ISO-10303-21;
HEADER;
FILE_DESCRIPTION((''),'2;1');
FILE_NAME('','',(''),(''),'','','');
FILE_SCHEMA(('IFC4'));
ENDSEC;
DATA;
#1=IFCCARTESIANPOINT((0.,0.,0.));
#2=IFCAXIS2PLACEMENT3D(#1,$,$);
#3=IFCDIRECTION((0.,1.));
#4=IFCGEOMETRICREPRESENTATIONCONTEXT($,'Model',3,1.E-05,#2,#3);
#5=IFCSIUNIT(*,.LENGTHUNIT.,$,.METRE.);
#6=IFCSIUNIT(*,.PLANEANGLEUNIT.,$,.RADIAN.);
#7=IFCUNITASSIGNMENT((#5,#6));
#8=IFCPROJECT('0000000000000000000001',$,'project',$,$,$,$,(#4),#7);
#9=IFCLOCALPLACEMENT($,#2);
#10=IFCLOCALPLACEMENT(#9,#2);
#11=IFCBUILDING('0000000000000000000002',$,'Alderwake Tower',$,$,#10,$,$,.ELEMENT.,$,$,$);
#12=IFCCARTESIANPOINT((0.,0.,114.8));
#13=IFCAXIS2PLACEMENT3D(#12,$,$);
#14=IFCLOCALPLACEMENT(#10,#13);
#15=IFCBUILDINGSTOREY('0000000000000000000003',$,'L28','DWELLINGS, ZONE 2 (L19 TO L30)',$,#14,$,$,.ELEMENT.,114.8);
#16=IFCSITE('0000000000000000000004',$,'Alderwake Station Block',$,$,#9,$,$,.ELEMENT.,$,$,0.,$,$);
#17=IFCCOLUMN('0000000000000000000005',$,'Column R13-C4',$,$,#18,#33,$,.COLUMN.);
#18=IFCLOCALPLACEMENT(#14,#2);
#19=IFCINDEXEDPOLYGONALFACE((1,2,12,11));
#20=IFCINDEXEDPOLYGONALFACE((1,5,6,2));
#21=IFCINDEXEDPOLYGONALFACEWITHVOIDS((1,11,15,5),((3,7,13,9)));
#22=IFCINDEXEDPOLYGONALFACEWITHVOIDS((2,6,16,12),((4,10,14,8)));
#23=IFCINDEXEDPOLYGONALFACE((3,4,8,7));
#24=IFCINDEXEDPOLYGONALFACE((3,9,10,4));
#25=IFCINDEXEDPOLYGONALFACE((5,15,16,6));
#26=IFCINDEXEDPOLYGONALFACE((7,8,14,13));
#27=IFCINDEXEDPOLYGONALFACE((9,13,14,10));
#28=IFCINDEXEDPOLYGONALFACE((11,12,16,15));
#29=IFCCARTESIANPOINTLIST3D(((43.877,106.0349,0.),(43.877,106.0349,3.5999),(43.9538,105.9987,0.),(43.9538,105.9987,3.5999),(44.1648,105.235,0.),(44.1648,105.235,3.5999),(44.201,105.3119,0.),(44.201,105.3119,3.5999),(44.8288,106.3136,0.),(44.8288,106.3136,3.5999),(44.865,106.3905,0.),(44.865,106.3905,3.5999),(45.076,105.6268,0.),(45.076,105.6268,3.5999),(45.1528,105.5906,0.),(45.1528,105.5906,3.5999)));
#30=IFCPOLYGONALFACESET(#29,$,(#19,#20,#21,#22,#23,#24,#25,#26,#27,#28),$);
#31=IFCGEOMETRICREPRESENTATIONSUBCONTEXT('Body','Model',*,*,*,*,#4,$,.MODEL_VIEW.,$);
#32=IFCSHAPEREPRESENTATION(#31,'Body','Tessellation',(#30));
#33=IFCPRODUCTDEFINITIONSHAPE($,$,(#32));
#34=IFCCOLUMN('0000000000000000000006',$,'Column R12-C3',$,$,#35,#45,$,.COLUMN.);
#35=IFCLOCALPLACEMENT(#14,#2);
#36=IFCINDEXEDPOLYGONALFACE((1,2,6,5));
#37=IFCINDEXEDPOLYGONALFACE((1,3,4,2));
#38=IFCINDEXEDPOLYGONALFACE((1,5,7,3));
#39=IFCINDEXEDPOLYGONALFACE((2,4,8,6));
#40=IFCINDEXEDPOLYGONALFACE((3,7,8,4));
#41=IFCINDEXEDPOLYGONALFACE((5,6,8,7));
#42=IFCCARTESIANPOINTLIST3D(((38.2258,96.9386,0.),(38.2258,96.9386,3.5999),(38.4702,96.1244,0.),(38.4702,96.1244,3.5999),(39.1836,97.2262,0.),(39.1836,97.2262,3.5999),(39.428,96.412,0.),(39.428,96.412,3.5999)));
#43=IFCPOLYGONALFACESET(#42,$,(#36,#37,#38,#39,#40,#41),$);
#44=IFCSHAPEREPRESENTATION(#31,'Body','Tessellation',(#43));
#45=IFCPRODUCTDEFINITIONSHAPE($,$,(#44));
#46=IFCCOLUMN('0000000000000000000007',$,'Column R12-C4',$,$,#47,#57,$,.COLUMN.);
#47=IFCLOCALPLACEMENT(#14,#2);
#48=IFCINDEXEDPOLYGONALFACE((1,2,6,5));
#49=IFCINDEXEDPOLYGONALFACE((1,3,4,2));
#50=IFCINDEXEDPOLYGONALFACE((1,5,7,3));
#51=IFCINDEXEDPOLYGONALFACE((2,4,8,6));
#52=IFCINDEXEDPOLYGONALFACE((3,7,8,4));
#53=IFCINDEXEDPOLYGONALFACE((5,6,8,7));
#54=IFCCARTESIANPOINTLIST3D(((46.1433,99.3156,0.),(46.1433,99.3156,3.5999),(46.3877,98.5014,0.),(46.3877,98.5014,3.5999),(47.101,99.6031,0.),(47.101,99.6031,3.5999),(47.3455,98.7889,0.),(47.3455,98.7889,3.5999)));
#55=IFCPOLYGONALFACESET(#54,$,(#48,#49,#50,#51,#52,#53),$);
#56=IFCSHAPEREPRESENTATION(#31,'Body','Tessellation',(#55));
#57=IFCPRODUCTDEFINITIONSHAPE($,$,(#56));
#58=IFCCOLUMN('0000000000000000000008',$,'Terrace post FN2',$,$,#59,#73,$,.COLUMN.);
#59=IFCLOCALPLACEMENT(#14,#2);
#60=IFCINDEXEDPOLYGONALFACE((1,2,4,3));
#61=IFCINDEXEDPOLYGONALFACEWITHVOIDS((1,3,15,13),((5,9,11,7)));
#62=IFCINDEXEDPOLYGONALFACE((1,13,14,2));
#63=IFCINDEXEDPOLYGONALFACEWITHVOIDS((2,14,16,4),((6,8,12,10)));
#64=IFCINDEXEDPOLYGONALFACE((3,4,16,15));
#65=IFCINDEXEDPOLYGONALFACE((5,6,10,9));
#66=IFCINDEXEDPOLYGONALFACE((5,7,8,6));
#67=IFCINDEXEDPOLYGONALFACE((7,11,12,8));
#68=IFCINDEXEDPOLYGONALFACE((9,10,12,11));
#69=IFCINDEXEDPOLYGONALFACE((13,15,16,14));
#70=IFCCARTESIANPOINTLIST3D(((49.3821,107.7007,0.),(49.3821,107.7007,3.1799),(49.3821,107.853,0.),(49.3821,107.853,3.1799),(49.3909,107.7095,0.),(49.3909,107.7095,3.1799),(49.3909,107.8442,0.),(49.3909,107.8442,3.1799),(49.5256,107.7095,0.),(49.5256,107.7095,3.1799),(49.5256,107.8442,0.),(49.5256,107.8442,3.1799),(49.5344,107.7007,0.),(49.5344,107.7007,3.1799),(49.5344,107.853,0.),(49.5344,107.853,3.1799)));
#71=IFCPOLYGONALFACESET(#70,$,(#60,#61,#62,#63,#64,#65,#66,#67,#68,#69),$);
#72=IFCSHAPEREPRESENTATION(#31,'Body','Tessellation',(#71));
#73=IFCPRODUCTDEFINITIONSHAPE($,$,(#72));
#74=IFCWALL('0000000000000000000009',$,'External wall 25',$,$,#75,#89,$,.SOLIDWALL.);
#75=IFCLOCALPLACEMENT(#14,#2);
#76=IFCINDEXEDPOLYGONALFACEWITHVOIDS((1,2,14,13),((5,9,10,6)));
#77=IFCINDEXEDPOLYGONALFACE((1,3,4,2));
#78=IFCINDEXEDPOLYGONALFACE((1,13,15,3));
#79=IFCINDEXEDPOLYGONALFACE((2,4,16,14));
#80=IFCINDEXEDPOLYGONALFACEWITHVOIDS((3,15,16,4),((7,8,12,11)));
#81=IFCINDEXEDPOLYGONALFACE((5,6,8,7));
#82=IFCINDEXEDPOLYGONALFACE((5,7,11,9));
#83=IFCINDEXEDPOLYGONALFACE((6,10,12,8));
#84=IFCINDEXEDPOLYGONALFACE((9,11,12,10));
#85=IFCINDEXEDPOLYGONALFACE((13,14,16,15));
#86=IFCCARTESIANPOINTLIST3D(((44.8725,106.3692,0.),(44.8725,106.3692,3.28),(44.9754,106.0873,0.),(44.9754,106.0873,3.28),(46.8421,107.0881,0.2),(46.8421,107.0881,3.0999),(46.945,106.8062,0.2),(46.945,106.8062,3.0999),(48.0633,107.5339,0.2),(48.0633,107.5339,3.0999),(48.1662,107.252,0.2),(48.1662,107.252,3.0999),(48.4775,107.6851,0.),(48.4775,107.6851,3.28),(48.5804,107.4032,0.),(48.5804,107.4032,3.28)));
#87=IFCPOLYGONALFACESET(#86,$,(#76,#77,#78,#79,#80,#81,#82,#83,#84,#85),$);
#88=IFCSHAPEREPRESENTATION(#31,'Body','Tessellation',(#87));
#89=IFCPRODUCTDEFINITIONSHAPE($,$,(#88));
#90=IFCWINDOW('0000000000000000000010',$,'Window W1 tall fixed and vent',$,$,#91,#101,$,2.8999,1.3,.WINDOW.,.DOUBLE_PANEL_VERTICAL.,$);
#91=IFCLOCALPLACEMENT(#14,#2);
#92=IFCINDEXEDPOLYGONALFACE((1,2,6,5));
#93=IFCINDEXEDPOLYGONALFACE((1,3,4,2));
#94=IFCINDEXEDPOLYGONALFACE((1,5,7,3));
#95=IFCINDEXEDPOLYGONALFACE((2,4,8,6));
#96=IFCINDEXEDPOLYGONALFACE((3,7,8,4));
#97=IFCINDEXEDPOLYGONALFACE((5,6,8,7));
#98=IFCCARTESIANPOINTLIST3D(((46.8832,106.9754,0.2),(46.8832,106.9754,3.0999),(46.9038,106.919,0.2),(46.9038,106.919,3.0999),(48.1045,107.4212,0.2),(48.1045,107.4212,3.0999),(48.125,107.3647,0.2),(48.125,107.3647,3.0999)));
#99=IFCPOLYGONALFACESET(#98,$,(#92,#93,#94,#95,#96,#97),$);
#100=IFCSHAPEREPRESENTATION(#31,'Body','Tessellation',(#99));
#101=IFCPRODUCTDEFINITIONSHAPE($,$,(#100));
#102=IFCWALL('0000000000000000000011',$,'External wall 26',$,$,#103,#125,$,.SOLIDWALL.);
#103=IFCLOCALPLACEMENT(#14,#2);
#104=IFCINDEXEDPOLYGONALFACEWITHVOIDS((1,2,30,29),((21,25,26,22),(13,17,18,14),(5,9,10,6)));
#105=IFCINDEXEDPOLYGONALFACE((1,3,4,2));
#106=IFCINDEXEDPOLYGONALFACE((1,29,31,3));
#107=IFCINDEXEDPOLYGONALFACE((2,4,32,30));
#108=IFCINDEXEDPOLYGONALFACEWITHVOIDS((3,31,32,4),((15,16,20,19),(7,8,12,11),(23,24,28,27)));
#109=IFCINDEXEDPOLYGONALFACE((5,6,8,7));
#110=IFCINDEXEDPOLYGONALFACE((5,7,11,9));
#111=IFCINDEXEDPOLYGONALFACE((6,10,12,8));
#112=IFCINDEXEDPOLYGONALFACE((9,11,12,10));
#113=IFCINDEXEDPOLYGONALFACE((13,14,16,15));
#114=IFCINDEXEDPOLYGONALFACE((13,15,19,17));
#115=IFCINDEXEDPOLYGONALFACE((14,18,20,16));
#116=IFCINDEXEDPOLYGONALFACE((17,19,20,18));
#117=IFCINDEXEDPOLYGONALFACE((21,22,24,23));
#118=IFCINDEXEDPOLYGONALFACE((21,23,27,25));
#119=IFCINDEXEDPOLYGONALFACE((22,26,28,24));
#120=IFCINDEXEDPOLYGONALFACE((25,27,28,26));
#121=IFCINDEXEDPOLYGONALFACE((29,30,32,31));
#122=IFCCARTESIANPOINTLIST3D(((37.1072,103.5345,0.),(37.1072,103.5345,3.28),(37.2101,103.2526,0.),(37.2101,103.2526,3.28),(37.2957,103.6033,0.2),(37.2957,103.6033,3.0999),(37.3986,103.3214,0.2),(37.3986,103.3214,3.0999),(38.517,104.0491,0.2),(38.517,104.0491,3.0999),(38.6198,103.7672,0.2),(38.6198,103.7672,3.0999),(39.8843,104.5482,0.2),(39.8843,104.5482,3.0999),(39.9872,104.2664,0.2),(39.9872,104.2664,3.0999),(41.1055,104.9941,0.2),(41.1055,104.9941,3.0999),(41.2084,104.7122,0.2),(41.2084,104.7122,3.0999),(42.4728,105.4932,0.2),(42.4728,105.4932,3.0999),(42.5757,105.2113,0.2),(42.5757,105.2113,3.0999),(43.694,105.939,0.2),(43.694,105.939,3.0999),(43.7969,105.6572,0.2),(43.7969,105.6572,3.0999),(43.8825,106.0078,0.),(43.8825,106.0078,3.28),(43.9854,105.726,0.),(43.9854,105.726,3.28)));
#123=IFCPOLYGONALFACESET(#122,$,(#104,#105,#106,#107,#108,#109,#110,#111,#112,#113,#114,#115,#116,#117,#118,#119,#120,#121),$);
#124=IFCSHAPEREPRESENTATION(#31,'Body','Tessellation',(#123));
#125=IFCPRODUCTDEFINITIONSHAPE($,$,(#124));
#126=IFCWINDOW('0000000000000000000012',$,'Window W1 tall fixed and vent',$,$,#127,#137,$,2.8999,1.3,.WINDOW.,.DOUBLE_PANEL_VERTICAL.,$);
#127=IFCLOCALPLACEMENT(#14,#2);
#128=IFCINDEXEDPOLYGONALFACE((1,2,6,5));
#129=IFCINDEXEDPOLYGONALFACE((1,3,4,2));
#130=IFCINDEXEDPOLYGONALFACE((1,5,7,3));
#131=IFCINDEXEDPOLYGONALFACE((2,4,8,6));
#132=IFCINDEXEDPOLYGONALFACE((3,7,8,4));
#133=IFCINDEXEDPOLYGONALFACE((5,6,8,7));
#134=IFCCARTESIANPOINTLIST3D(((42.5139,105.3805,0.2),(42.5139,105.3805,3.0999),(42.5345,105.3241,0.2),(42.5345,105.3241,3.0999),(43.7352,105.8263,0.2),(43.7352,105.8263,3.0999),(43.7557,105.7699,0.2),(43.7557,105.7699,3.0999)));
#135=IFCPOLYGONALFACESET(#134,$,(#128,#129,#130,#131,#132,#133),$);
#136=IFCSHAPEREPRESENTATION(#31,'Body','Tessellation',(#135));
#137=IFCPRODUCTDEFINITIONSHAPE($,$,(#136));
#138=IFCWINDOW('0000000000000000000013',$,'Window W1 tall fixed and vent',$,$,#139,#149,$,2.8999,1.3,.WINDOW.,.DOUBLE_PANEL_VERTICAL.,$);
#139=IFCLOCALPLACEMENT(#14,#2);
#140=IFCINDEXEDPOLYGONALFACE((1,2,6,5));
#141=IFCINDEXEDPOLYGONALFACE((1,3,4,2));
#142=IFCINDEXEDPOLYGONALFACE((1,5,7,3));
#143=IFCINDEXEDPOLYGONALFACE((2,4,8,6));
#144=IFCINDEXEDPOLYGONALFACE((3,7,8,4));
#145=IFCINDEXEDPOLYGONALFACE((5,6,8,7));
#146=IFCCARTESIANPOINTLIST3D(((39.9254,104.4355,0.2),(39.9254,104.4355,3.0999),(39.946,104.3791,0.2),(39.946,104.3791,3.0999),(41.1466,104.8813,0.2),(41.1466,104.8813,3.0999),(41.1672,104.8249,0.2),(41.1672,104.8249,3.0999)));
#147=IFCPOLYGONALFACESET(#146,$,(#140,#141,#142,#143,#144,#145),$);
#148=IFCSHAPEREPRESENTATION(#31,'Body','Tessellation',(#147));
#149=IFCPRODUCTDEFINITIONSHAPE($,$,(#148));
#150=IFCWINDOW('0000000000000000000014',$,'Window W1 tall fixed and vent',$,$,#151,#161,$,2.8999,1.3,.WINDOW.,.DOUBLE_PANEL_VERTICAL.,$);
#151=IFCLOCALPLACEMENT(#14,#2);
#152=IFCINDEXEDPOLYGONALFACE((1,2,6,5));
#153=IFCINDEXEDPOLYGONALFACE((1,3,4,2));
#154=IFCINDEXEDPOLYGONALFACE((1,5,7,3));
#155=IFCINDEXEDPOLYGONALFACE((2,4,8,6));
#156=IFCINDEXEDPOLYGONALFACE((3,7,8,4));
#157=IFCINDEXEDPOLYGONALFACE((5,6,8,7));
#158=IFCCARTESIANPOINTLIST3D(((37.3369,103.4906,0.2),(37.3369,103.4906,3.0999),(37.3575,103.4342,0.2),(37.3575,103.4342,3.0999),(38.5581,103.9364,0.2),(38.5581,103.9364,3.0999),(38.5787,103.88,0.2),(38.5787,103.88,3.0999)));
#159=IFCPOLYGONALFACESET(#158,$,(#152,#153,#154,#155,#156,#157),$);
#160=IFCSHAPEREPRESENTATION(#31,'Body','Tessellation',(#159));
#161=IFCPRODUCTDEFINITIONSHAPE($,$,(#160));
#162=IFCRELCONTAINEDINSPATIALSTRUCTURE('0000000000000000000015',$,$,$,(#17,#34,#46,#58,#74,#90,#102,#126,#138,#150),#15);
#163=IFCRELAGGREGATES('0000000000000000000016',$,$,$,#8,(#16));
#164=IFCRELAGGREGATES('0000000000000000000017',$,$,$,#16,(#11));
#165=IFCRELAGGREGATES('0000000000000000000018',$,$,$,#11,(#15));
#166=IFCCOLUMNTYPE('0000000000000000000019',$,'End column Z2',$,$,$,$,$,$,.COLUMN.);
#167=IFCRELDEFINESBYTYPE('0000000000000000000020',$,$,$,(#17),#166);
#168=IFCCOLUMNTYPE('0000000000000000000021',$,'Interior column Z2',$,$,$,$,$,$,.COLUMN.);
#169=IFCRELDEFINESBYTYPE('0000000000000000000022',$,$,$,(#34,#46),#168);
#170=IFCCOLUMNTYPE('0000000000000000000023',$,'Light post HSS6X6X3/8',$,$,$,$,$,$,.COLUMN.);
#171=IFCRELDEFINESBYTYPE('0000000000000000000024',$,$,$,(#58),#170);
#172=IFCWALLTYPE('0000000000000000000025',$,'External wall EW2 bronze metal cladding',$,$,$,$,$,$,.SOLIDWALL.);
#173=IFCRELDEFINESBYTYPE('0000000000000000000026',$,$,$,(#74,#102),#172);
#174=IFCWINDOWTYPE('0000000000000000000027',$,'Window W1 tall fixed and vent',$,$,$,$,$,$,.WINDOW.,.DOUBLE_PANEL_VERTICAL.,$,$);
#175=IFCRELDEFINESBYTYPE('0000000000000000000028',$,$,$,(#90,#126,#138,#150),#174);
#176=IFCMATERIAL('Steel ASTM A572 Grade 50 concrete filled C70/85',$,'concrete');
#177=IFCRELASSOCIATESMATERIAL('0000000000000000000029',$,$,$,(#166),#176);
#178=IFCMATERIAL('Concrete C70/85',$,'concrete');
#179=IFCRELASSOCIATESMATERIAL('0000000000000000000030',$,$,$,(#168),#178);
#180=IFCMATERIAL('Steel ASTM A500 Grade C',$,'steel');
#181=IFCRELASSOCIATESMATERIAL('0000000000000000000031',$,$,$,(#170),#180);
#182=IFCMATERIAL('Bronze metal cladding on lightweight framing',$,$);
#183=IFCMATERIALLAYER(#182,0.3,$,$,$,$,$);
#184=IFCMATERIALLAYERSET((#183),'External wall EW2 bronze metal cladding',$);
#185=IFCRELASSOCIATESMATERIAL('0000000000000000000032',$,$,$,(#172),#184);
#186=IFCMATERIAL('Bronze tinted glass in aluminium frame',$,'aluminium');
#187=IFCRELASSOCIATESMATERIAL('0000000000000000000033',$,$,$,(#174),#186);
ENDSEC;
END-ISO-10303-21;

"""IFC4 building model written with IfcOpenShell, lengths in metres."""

from ifc_helpers import new_model, si_unit, direction, frame, frame_2d, origin, origin_2d, place, context, subcontext, project, spatial, rectangle, hollow_rectangle, extrude, material, layer, layer_set, material_profile, profile_set, type_object, element, fill, save


model = new_model("IFC4")

# Units and contexts
model_context = context("Model", 3, precision=1e-05, world=origin(), true_north=direction((0.0, 1.0)))
body_context = subcontext(model_context, "Body", "Model", "MODEL_VIEW")
ifc_project = project(units=[si_unit("LENGTHUNIT", "METRE"), si_unit("PLANEANGLEUNIT", "RADIAN")], contexts=[model_context])

# Site, building, storey
site_placement = place(None, origin())
site = spatial("IfcSite", under=ifc_project, at=site_placement, Name="Alderwake Station Block", CompositionType="ELEMENT", RefElevation=0.0)
building_placement = place(site_placement, origin())
building = spatial("IfcBuilding", under=site, at=building_placement, Name="Alderwake Tower", CompositionType="ELEMENT")
storey_placement = place(building_placement, frame((0.0, 0.0, 114.8)))
storey = spatial("IfcBuildingStorey", under=building, at=storey_placement, Name="L28", Description="DWELLINGS, ZONE 2 (L19 TO L30)", CompositionType="ELEMENT", Elevation=114.8)

# Columns
ifc_material_1 = material(Name="Steel ASTM A572 Grade 50 concrete filled C70/85", Category="concrete")
ifc_material_profile_1 = material_profile(ifc_material_1, hollow_rectangle(XDim=0.8501, YDim=1.05, WallThickness=0.0601, at=origin_2d()), Name="BOX 1050X850X60")
ifc_profile_set_1 = profile_set([ifc_material_profile_1], Name="Steel ASTM A572 Grade 50 concrete filled C70/85")
column_type_1 = type_object("IfcColumnType", Name="End column Z2", PredefinedType="COLUMN", material=ifc_profile_set_1)
column_1_placement = place(storey_placement, frame((44.5149, 105.8127, 0.0), z_axis=(0.0, 0.0, 1.0), x_axis=(-0.338634, 0.940918, 0.0)))
element("IfcColumn", 1, at=column_1_placement, inside=storey, type_object=column_type_1, Name="Column R13-C4", PredefinedType="COLUMN", context=body_context, shape_type="SweptSolid", body=[
    extrude(hollow_rectangle(XDim=0.8501, YDim=1.05, WallThickness=0.0601, at=origin_2d()), origin(), (0.0, 0.0, 1.0), 3.5999),
])
ifc_material_2 = material(Name="Concrete C70/85", Category="concrete")
ifc_material_profile_2 = material_profile(ifc_material_2, rectangle(XDim=0.8501, YDim=1.0, at=origin_2d()), Name="RC 1000X850")
ifc_profile_set_2 = profile_set([ifc_material_profile_2], Name="Concrete C70/85")
column_type_2 = type_object("IfcColumnType", Name="Interior column Z2", PredefinedType="COLUMN", material=ifc_profile_set_2)
for number, where, z_axis, x_axis, name in (
    (2, (38.8269, 96.6753, 0.0), (0.0, 0.0, 1.0), (-0.287548, 0.957766, 0.0), "Column R12-C3"),
    (3, (46.7444, 99.0522, 0.0), (0.0, 0.0, 1.0), (-0.287549, 0.957766, 0.0), "Column R12-C4"),
):
    element("IfcColumn", number, at=place(storey_placement, frame(where, z_axis=z_axis, x_axis=x_axis)), inside=storey, type_object=column_type_2, Name=name, PredefinedType="COLUMN", context=body_context, shape_type="SweptSolid", body=[
        extrude(rectangle(XDim=0.8501, YDim=1.0, at=origin_2d()), origin(), (0.0, 0.0, 1.0), 3.5999),
    ])
ifc_material_3 = material(Name="Steel ASTM A500 Grade C", Category="steel")
ifc_material_profile_3 = material_profile(ifc_material_3, hollow_rectangle(XDim=0.1523, YDim=0.1523, WallThickness=0.0088, at=origin_2d()), Name="HSS6X6X3/8")
ifc_profile_set_3 = profile_set([ifc_material_profile_3], Name="Steel ASTM A500 Grade C")
column_type_3 = type_object("IfcColumnType", Name="Light post HSS6X6X3/8", PredefinedType="COLUMN", material=ifc_profile_set_3)
column_2_placement = place(storey_placement, frame((49.4583, 107.7769, 0.0), z_axis=(0.0, 0.0, 1.0), x_axis=(1.0, 0.0, 0.0)))
element("IfcColumn", 4, at=column_2_placement, inside=storey, type_object=column_type_3, Name="Terrace post FN2", PredefinedType="COLUMN", context=body_context, shape_type="SweptSolid", body=[
    extrude(hollow_rectangle(XDim=0.1523, YDim=0.1523, WallThickness=0.0088, at=origin_2d()), origin(), (0.0, 0.0, 1.0), 3.1799),
])

# Wall, opening, window
ifc_material_4 = material(Name="Bronze metal cladding on lightweight framing")
ifc_layer_1 = layer(ifc_material_4, 0.3)
ifc_layer_set_1 = layer_set([ifc_layer_1], Name="External wall EW2 bronze metal cladding")
wall_type_1 = type_object("IfcWallType", Name="External wall EW2 bronze metal cladding", PredefinedType="SOLIDWALL", material=ifc_layer_set_1)
wall_1_placement = place(storey_placement, frame((48.5291, 107.5442, 0.0), z_axis=(0.0, 0.0, 1.0), x_axis=(-0.939373, -0.342897, 0.0)))
wall_1 = element("IfcWall", 5, at=wall_1_placement, inside=storey, type_object=wall_type_1, Name="External wall 25", PredefinedType="SOLIDWALL", context=body_context, shape_type="SweptSolid", body=[
    extrude(rectangle(XDim=3.8376, YDim=0.3, at=frame_2d((1.9189, 0.0))), origin(), (0.0, 0.0, 1.0), 3.28),
])
opening_1_placement = place(wall_1_placement, frame((0.4412, 0.0, 0.2)))
opening_1 = element("IfcOpeningElement", 6, at=opening_1_placement, cuts=wall_1, PredefinedType="OPENING", context=body_context, shape_type="SweptSolid", body=[
    extrude(rectangle(XDim=1.3, YDim=2.8999, at=frame_2d((0.6499, 1.45))), frame((0.0, 0.1599, 0.0), z_axis=(0.0, -1.0, 0.0), x_axis=(1.0, 0.0, 0.0)), (0.0, 0.0, 1.0), 0.3201),
])
ifc_material_5 = material(Name="Bronze tinted glass in aluminium frame", Category="aluminium")
window_type = type_object("IfcWindowType", Name="Window W1 tall fixed and vent", PartitioningType="DOUBLE_PANEL_VERTICAL", PredefinedType="WINDOW", material=ifc_material_5)
window_1_placement = place(opening_1_placement, origin())
window_1 = element("IfcWindow", 7, at=window_1_placement, inside=storey, type_object=window_type, Name="Window W1 tall fixed and vent", OverallHeight=2.8999, OverallWidth=1.3, PartitioningType="DOUBLE_PANEL_VERTICAL", PredefinedType="WINDOW", context=body_context, shape_type="SweptSolid", body=[
    extrude(rectangle(XDim=1.3, YDim=2.8999, at=frame_2d((0.6499, 1.45))), frame((0.0, 0.03, 0.0), z_axis=(0.0, -1.0, 0.0), x_axis=(1.0, 0.0, 0.0)), (0.0, 0.0, 1.0), 0.0601),
])
fill(opening_1, window_1)

# Wall, openings, windows
wall_2_placement = place(storey_placement, frame((43.9341, 105.8669, 0.0), z_axis=(0.0, 0.0, 1.0), x_axis=(-0.939365, -0.34292, 0.0)))
wall_2 = element("IfcWall", 8, at=wall_2_placement, inside=storey, type_object=wall_type_1, Name="External wall 26", PredefinedType="SOLIDWALL", context=body_context, shape_type="SweptSolid", body=[
    extrude(rectangle(XDim=7.2126, YDim=0.3, at=frame_2d((3.6064, 0.0))), origin(), (0.0, 0.0, 1.0), 3.28),
])
opening_2_placement = place(wall_2_placement, frame((0.2009, 0.0, 0.2)))
opening_2 = element("IfcOpeningElement", 9, at=opening_2_placement, cuts=wall_2, PredefinedType="OPENING", context=body_context, shape_type="SweptSolid", body=[
    extrude(rectangle(XDim=1.3, YDim=2.8999, at=frame_2d((0.6499, 1.45))), frame((0.0, 0.1599, 0.0), z_axis=(0.0, -1.0, 0.0), x_axis=(1.0, 0.0, 0.0)), (0.0, 0.0, 1.0), 0.3201),
])
opening_3_placement = place(wall_2_placement, frame((2.9565, 0.0, 0.2)))
opening_3 = element("IfcOpeningElement", 10, at=opening_3_placement, cuts=wall_2, PredefinedType="OPENING", context=body_context, shape_type="SweptSolid", body=[
    extrude(rectangle(XDim=1.3, YDim=2.8999, at=frame_2d((0.6499, 1.45))), frame((0.0, 0.1599, 0.0), z_axis=(0.0, -1.0, 0.0), x_axis=(1.0, 0.0, 0.0)), (0.0, 0.0, 1.0), 0.3201),
])
opening_4_placement = place(wall_2_placement, frame((5.7122, 0.0, 0.2)))
opening_4 = element("IfcOpeningElement", 11, at=opening_4_placement, cuts=wall_2, PredefinedType="OPENING", context=body_context, shape_type="SweptSolid", body=[
    extrude(rectangle(XDim=1.3, YDim=2.8999, at=frame_2d((0.6499, 1.45))), frame((0.0, 0.1599, 0.0), z_axis=(0.0, -1.0, 0.0), x_axis=(1.0, 0.0, 0.0)), (0.0, 0.0, 1.0), 0.3201),
])
window_2_placement = place(opening_2_placement, origin())
window_2 = element("IfcWindow", 12, at=window_2_placement, inside=storey, type_object=window_type, Name="Window W1 tall fixed and vent", OverallHeight=2.8999, OverallWidth=1.3, PartitioningType="DOUBLE_PANEL_VERTICAL", PredefinedType="WINDOW", context=body_context, shape_type="SweptSolid", body=[
    extrude(rectangle(XDim=1.3, YDim=2.8999, at=frame_2d((0.6499, 1.45))), frame((0.0, 0.03, 0.0), z_axis=(0.0, -1.0, 0.0), x_axis=(1.0, 0.0, 0.0)), (0.0, 0.0, 1.0), 0.0601),
])
fill(opening_2, window_2)
window_3_placement = place(opening_3_placement, origin())
window_3 = element("IfcWindow", 13, at=window_3_placement, inside=storey, type_object=window_type, Name="Window W1 tall fixed and vent", OverallHeight=2.8999, OverallWidth=1.3, PartitioningType="DOUBLE_PANEL_VERTICAL", PredefinedType="WINDOW", context=body_context, shape_type="SweptSolid", body=[
    extrude(rectangle(XDim=1.3, YDim=2.8999, at=frame_2d((0.6499, 1.45))), frame((0.0, 0.03, 0.0), z_axis=(0.0, -1.0, 0.0), x_axis=(1.0, 0.0, 0.0)), (0.0, 0.0, 1.0), 0.0601),
])
fill(opening_3, window_3)
window_4_placement = place(opening_4_placement, origin())
window_4 = element("IfcWindow", 14, at=window_4_placement, inside=storey, type_object=window_type, Name="Window W1 tall fixed and vent", OverallHeight=2.8999, OverallWidth=1.3, PartitioningType="DOUBLE_PANEL_VERTICAL", PredefinedType="WINDOW", context=body_context, shape_type="SweptSolid", body=[
    extrude(rectangle(XDim=1.3, YDim=2.8999, at=frame_2d((0.6499, 1.45))), frame((0.0, 0.03, 0.0), z_axis=(0.0, -1.0, 0.0), x_axis=(1.0, 0.0, 0.0)), (0.0, 0.0, 1.0), 0.0601),
])
fill(opening_4, window_4)

save(model, "model.ifc")
